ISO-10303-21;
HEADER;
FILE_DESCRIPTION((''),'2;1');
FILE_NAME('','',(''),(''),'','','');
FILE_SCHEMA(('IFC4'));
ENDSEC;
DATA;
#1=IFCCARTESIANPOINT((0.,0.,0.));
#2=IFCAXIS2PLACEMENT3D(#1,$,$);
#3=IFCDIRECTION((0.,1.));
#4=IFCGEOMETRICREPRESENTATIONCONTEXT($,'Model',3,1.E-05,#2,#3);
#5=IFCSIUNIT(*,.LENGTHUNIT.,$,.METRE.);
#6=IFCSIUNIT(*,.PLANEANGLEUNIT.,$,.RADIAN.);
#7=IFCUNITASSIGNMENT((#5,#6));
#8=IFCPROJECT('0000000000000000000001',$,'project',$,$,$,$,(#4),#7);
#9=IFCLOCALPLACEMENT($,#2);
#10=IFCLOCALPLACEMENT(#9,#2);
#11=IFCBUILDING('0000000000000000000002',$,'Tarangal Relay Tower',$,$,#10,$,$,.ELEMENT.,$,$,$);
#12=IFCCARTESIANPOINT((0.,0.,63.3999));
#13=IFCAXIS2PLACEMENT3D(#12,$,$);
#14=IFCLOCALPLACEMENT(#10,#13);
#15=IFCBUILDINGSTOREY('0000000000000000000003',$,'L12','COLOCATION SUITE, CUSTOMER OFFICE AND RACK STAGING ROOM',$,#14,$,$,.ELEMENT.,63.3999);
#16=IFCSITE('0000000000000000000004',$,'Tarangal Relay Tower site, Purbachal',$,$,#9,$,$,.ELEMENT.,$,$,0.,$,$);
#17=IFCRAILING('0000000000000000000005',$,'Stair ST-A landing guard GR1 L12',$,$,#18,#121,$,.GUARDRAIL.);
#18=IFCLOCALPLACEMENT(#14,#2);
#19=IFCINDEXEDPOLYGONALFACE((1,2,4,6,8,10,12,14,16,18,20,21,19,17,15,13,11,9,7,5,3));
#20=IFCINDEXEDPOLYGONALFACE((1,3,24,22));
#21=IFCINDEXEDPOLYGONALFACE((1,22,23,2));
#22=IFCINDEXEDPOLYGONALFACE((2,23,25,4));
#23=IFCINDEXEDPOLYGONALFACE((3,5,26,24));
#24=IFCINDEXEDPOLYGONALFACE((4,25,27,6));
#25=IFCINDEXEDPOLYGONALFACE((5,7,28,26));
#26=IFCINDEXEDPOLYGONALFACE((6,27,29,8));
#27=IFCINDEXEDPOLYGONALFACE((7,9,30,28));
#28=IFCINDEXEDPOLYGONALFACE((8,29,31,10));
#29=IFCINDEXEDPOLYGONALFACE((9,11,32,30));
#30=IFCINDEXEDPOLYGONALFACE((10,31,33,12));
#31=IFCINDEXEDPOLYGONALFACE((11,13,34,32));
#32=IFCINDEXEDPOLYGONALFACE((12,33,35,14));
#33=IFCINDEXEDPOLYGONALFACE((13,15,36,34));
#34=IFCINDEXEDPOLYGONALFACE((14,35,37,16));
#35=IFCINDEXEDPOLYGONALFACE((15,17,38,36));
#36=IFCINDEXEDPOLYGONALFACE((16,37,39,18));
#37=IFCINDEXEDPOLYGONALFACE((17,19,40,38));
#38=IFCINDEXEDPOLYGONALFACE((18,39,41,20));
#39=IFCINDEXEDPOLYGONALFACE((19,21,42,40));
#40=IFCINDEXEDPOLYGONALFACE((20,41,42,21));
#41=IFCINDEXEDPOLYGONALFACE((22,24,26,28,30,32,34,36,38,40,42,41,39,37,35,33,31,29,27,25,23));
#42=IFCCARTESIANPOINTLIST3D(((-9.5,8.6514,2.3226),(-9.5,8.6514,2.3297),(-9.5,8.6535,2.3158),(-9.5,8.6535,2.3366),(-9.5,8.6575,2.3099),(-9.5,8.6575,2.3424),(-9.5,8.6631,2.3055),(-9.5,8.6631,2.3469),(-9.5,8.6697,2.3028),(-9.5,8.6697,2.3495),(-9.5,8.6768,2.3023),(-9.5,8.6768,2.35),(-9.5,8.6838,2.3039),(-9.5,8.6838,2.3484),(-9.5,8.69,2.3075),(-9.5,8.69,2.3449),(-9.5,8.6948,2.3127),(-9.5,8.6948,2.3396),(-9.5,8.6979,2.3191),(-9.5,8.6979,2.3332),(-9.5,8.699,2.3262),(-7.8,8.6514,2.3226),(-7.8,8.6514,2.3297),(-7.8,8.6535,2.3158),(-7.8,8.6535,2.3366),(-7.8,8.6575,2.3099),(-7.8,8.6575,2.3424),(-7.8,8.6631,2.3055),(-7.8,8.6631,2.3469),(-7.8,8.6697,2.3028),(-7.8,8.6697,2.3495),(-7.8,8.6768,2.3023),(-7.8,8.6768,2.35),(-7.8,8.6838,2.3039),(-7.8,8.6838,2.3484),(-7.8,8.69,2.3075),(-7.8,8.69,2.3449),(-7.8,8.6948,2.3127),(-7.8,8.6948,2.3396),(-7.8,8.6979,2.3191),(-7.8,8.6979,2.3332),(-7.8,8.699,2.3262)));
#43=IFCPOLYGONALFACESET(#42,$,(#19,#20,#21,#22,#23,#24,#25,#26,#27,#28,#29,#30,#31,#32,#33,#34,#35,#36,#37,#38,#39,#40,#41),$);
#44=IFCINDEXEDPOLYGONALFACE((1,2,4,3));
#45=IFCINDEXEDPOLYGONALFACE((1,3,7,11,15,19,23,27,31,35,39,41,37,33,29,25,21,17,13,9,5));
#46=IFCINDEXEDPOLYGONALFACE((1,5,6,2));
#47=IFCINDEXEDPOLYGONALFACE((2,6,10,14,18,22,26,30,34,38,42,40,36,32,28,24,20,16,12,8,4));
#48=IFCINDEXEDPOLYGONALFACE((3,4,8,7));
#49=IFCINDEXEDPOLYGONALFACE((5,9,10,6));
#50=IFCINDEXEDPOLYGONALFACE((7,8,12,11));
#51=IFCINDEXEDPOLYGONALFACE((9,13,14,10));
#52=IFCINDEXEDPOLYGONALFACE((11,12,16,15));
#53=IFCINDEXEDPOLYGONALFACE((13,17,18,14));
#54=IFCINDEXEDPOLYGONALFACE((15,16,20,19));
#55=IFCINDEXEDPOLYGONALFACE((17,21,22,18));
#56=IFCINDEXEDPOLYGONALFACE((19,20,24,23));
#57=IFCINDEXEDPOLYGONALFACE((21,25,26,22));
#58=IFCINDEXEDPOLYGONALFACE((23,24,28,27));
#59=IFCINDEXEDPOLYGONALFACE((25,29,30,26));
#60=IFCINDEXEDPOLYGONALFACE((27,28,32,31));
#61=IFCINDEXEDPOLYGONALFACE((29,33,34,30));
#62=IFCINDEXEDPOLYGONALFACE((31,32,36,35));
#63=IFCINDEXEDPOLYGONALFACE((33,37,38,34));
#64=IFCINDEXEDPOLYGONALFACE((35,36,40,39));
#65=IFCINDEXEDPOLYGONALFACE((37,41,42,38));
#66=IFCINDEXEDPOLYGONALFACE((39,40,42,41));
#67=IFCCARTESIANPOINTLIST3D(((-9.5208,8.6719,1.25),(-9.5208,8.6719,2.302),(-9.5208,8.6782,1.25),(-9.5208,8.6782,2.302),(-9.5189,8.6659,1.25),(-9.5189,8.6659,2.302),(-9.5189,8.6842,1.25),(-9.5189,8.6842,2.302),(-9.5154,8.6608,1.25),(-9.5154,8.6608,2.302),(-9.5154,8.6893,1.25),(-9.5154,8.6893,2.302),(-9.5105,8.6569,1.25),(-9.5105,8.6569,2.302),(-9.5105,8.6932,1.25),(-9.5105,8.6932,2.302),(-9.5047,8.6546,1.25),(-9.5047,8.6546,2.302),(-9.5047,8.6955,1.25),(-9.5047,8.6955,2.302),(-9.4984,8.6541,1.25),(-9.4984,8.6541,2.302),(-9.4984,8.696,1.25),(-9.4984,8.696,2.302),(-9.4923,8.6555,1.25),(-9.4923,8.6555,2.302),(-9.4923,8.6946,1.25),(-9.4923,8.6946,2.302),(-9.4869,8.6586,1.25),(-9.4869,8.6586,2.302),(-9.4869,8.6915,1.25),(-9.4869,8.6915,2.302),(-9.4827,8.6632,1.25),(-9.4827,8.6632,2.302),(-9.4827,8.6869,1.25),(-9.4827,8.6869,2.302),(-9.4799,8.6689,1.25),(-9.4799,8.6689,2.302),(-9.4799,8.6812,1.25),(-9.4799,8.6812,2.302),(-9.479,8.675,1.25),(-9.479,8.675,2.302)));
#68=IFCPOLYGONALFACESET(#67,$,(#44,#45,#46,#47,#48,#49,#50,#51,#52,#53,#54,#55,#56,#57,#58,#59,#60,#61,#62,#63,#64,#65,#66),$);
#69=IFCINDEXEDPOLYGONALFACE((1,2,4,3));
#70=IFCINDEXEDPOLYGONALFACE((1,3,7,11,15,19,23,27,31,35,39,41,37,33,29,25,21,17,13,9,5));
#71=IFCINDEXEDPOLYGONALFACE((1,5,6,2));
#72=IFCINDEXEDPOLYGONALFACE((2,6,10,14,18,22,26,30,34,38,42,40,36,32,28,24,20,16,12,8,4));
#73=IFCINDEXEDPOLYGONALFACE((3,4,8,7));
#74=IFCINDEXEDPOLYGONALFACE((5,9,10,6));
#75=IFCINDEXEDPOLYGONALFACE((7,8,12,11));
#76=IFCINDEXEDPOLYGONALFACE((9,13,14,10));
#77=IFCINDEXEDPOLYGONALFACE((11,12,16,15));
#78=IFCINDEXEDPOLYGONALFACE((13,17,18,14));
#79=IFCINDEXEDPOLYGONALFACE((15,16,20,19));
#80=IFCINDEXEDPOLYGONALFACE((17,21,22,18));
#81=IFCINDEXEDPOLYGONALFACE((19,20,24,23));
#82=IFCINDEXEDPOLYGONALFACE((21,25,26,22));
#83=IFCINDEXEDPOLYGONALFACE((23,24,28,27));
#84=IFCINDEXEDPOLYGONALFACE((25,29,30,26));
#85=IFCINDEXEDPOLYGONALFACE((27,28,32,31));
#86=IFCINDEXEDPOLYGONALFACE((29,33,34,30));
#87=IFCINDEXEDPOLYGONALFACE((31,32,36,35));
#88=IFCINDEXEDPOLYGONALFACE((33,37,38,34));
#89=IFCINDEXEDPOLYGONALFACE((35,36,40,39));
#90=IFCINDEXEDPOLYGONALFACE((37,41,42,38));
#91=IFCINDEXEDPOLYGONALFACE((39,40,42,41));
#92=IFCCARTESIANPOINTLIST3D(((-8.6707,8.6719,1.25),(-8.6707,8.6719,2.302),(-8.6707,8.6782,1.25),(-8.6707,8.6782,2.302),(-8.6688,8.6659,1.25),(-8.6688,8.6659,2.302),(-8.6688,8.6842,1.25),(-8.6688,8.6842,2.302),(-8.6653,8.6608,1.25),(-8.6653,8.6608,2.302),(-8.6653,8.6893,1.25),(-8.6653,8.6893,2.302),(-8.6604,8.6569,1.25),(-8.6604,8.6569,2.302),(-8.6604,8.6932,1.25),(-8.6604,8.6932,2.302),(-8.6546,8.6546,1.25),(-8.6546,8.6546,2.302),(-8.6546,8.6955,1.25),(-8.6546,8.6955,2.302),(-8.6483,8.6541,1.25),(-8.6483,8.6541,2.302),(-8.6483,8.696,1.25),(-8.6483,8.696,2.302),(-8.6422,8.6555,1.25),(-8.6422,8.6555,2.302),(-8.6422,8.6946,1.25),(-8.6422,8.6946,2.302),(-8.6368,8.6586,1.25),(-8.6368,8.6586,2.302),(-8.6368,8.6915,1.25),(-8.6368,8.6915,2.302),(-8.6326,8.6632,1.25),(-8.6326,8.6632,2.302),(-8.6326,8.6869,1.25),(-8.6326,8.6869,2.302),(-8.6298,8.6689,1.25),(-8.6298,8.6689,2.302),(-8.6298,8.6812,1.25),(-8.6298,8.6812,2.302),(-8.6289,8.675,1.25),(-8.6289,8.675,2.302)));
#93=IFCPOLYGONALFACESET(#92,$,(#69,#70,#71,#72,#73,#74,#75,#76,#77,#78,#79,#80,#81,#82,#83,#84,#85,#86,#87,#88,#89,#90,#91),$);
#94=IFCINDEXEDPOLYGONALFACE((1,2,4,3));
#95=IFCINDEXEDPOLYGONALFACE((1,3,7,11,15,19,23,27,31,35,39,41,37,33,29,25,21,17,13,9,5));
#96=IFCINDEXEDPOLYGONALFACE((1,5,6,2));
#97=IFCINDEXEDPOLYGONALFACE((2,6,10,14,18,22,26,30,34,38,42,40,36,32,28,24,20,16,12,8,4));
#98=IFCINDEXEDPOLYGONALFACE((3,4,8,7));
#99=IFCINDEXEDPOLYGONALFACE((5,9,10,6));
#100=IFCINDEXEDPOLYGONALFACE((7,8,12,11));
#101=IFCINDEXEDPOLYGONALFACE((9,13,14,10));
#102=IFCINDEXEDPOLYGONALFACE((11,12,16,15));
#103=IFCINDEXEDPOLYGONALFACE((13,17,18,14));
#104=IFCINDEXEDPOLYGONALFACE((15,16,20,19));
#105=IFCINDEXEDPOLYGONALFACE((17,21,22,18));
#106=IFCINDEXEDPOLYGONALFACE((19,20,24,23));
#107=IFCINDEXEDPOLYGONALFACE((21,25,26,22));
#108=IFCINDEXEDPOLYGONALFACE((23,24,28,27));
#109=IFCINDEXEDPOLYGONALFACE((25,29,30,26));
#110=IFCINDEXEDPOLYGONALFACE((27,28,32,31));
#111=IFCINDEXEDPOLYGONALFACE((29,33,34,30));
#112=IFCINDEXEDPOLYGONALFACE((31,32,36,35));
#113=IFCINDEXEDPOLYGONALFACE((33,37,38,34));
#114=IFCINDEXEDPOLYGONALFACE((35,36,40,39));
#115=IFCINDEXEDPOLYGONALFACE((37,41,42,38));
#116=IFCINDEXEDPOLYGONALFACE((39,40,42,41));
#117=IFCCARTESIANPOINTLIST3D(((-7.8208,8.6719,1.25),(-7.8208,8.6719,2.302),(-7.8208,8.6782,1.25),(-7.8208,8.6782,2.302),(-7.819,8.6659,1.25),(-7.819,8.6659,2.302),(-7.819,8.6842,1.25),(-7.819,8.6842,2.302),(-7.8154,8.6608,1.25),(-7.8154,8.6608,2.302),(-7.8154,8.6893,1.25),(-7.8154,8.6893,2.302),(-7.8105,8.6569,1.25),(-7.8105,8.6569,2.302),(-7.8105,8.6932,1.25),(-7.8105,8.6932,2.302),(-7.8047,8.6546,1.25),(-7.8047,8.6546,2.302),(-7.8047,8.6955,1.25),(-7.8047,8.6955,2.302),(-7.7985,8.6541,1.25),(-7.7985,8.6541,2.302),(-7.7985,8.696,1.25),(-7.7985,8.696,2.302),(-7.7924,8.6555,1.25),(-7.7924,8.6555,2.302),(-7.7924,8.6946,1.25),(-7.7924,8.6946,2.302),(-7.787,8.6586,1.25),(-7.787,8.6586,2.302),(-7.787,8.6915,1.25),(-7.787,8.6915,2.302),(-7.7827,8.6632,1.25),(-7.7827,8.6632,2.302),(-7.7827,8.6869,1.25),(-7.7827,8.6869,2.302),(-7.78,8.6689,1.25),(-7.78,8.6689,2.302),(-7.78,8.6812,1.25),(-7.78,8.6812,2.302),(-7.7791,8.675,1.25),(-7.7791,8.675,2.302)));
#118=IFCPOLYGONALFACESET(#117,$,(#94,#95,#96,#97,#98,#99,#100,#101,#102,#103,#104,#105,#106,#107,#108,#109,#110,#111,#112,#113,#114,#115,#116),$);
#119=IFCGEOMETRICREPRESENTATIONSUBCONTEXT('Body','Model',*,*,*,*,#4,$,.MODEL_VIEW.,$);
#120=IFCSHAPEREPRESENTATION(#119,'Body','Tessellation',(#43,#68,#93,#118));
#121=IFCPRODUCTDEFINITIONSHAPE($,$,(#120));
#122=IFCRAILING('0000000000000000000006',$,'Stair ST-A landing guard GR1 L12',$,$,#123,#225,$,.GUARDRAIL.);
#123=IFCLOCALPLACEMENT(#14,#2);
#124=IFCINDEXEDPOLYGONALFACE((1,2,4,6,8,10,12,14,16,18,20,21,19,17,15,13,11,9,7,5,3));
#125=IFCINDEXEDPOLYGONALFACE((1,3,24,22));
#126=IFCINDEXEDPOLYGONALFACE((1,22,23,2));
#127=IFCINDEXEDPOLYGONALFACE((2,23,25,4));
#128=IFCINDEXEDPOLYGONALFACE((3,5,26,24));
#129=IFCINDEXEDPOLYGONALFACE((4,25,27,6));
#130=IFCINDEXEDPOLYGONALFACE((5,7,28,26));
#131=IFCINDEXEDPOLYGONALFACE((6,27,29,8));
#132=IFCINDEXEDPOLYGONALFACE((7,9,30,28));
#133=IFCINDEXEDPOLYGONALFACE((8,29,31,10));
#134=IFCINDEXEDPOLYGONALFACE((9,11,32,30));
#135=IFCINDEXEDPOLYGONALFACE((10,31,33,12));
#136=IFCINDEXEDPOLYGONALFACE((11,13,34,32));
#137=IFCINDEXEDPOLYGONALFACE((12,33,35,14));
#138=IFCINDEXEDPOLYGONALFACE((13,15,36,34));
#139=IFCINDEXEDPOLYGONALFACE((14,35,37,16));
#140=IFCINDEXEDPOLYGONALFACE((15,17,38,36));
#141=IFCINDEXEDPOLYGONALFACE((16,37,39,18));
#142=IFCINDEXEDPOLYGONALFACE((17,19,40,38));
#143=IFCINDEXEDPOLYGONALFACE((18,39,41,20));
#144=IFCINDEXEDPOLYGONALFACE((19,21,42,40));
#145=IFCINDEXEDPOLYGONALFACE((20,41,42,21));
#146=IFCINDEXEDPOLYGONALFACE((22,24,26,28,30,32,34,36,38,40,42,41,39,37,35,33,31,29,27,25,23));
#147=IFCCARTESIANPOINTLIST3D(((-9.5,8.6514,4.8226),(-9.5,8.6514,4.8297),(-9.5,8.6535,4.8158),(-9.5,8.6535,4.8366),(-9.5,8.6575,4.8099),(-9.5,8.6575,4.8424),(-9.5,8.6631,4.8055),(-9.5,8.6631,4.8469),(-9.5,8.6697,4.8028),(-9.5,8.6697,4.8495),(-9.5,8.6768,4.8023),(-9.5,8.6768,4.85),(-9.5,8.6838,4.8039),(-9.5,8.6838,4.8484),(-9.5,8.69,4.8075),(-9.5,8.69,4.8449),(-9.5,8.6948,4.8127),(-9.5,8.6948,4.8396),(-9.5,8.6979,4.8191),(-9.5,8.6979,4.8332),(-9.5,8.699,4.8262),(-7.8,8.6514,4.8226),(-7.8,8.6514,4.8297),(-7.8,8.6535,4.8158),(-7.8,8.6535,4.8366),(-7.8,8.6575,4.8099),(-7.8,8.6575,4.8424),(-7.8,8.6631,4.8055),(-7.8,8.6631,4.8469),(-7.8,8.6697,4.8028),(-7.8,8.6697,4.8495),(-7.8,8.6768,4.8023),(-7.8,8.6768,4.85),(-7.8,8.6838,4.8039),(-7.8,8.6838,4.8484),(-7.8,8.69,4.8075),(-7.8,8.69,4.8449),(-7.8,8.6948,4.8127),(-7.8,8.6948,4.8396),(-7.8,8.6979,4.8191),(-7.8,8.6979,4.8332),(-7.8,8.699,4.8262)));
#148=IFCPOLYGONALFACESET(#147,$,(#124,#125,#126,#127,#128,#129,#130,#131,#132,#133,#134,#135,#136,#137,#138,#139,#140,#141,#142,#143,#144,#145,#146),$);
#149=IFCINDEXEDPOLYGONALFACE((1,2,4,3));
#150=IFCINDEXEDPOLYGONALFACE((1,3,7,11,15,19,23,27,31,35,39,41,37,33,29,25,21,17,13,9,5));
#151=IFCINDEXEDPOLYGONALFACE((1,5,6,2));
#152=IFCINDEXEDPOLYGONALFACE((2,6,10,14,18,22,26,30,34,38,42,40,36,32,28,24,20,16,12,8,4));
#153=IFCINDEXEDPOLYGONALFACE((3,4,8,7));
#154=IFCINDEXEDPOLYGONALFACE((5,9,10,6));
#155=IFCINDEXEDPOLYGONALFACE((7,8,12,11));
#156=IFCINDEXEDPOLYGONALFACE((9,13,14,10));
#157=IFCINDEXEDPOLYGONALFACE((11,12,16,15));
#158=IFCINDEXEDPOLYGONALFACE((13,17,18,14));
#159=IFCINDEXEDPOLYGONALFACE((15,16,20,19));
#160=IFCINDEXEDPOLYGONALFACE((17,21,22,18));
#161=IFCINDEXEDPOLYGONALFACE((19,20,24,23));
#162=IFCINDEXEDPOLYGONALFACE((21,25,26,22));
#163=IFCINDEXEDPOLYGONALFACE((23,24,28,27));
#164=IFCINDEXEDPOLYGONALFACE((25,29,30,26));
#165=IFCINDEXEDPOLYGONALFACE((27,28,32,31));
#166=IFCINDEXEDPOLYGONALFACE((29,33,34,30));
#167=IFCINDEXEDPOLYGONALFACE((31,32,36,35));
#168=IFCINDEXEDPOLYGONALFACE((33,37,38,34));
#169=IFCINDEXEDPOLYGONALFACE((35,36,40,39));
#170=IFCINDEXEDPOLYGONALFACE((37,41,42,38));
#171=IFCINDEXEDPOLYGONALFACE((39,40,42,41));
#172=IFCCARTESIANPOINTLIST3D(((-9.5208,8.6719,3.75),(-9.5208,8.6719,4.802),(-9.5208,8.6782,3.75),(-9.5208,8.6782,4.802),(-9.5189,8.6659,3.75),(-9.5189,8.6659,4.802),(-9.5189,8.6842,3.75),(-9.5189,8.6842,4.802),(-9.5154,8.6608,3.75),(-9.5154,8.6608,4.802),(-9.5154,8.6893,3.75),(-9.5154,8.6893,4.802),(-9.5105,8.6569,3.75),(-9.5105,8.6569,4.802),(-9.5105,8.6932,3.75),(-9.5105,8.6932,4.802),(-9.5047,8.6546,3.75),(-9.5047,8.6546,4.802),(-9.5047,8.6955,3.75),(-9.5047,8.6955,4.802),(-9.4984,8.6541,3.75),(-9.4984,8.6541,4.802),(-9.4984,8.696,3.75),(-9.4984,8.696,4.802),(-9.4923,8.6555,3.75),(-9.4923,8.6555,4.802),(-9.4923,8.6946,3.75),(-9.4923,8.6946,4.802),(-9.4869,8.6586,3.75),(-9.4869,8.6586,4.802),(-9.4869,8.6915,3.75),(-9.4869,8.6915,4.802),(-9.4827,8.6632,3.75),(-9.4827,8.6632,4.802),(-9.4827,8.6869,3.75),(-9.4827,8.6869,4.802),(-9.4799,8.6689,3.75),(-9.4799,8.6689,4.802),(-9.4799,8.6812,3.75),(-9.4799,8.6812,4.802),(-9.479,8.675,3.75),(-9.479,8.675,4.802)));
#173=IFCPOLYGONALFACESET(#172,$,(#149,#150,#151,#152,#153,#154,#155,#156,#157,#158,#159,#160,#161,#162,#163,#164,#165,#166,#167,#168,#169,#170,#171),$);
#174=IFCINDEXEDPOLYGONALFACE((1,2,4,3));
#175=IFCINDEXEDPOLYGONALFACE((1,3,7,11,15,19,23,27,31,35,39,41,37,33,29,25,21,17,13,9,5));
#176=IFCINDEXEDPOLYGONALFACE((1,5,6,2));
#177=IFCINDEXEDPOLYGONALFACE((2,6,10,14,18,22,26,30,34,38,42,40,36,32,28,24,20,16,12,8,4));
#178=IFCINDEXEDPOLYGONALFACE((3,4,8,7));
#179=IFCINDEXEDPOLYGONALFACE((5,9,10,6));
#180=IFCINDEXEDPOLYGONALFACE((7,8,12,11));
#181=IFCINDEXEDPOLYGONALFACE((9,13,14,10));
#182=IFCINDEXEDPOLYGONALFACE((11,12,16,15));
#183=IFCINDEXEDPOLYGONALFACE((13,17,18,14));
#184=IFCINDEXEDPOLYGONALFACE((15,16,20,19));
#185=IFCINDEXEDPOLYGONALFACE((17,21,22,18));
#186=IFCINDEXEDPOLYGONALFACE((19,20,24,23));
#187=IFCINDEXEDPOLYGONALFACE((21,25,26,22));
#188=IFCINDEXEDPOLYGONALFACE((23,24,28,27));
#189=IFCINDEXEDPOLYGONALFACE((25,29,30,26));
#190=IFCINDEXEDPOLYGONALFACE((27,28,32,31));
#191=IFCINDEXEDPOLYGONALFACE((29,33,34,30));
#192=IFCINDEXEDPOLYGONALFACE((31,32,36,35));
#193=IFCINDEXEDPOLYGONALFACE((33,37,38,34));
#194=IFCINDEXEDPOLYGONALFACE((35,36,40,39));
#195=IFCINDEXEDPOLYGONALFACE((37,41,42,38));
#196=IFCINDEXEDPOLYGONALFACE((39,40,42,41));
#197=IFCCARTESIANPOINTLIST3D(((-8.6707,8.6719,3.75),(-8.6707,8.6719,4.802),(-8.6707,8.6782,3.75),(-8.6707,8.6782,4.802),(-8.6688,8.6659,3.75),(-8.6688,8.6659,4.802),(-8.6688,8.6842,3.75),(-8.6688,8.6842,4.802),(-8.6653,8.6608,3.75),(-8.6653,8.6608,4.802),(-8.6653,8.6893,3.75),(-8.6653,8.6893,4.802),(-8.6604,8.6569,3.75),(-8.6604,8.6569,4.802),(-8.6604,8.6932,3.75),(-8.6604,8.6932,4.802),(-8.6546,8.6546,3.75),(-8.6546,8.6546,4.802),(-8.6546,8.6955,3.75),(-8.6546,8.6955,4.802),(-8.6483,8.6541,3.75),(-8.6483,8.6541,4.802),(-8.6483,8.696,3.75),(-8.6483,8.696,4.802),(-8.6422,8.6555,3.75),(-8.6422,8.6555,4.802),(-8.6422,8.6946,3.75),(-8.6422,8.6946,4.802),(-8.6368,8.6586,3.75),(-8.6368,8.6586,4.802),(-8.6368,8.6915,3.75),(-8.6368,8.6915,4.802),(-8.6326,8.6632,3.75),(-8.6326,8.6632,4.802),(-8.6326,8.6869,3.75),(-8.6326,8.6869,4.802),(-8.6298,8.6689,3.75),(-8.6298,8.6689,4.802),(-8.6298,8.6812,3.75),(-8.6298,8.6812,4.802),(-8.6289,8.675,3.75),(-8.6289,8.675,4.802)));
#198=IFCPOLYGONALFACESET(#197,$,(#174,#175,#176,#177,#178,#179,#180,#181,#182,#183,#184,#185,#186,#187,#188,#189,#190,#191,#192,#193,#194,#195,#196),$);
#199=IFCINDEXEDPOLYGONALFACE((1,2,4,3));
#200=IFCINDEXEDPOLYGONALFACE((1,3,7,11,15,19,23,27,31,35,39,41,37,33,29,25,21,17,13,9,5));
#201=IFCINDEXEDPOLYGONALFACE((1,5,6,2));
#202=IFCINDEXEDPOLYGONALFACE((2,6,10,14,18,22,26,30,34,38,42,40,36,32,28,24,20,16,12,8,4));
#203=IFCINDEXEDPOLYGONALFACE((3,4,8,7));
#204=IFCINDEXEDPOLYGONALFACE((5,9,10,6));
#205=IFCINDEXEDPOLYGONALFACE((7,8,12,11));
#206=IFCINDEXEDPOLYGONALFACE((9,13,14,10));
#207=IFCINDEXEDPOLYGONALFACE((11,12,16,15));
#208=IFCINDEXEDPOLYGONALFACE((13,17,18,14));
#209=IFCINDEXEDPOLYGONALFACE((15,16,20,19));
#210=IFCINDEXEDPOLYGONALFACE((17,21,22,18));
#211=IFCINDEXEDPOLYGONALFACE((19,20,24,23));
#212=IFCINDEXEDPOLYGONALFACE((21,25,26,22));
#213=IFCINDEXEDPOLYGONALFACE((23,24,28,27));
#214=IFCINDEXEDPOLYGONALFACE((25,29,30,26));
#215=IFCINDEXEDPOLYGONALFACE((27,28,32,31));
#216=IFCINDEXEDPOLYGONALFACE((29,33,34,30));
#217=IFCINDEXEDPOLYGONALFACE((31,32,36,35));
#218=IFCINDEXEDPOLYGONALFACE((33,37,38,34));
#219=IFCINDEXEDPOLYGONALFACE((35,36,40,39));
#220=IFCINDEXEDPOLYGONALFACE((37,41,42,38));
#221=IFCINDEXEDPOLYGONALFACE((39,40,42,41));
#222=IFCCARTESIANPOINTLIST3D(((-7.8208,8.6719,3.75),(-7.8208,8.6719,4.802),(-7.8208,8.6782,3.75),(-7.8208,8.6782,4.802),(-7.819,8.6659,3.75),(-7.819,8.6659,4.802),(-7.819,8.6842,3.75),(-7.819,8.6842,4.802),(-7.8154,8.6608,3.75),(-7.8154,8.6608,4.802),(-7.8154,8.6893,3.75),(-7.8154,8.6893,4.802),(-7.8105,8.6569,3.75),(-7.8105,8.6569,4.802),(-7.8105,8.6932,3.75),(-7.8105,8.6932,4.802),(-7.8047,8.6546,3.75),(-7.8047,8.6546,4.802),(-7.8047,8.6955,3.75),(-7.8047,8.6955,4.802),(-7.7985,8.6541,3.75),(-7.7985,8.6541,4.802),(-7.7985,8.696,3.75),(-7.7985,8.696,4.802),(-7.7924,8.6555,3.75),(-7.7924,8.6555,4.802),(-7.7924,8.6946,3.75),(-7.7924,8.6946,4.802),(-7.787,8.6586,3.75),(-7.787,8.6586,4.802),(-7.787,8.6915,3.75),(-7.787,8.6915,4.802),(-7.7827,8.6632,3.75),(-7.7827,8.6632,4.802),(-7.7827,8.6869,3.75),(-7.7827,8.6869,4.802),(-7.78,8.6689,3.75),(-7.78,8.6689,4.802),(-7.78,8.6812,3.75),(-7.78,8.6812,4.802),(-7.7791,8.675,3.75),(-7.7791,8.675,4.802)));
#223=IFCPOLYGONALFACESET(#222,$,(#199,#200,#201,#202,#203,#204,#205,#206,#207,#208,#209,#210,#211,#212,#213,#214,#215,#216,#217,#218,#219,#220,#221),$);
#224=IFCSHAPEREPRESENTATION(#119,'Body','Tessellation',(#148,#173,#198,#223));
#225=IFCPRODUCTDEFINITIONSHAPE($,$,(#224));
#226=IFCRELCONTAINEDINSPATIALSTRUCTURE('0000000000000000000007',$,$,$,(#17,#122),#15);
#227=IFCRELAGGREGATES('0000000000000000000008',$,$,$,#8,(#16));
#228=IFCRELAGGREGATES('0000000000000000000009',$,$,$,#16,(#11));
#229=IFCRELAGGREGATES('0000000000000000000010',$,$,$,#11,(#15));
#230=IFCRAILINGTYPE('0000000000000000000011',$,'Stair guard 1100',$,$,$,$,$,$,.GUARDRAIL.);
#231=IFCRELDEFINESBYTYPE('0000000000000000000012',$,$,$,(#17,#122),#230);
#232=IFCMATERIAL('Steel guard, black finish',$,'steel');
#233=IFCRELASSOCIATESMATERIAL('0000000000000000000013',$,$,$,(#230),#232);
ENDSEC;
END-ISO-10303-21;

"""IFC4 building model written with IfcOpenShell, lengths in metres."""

from ifc_helpers import new_model, si_unit, direction, frame, origin, origin_2d, place, context, subcontext, project, spatial, circle, extrude, material, type_object, element, save


model = new_model("IFC4")

# Units and contexts
model_context = context("Model", 3, precision=1e-05, world=origin(), true_north=direction((0.0, 1.0)))
body_context = subcontext(model_context, "Body", "Model", "MODEL_VIEW")
ifc_project = project(units=[si_unit("LENGTHUNIT", "METRE"), si_unit("PLANEANGLEUNIT", "RADIAN")], contexts=[model_context])

# Site, building, storey
site_placement = place(None, origin())
site = spatial("IfcSite", under=ifc_project, at=site_placement, Name="Tarangal Relay Tower site, Purbachal", CompositionType="ELEMENT", RefElevation=0.0)
building_placement = place(site_placement, origin())
building = spatial("IfcBuilding", under=site, at=building_placement, Name="Tarangal Relay Tower", CompositionType="ELEMENT")
storey_placement = place(building_placement, frame((0.0, 0.0, 63.3999)))
storey = spatial("IfcBuildingStorey", under=building, at=storey_placement, Name="L12", Description="COLOCATION SUITE, CUSTOMER OFFICE AND RACK STAGING ROOM", CompositionType="ELEMENT", Elevation=63.3999)

# Railings
ifc_material_1 = material(Name="Steel guard, black finish", Category="steel")
railing_type_1 = type_object("IfcRailingType", Name="Stair guard 1100", PredefinedType="GUARDRAIL", material=ifc_material_1)
for number, where, name in (
    (1, (-9.5, 8.675, 1.25), "Stair ST-A landing guard GR1 L12"),
    (2, (-9.5, 8.675, 3.75), "Stair ST-A landing guard GR1 L12"),
):
    element("IfcRailing", number, at=place(storey_placement, frame(where)), inside=storey, type_object=railing_type_1, Name=name, PredefinedType="GUARDRAIL", context=body_context, shape_type="SweptSolid", body=[
        extrude(circle(Radius=0.0239, at=origin_2d()), frame((0.0, 0.0, 1.0762), z_axis=(1.0, 0.0, 0.0), x_axis=(0.0, 1.0, 0.0)), (0.0, 0.0, 1.0), 1.7),
        extrude(circle(Radius=0.021, at=origin_2d()), origin(), (0.0, 0.0, 1.0), 1.052),
        extrude(circle(Radius=0.021, at=origin_2d()), frame((0.8501, 0.0, 0.0)), (0.0, 0.0, 1.0), 1.052),
        extrude(circle(Radius=0.021, at=origin_2d()), frame((1.7, 0.0, 0.0)), (0.0, 0.0, 1.0), 1.052),
    ])

save(model, "model.ifc")
